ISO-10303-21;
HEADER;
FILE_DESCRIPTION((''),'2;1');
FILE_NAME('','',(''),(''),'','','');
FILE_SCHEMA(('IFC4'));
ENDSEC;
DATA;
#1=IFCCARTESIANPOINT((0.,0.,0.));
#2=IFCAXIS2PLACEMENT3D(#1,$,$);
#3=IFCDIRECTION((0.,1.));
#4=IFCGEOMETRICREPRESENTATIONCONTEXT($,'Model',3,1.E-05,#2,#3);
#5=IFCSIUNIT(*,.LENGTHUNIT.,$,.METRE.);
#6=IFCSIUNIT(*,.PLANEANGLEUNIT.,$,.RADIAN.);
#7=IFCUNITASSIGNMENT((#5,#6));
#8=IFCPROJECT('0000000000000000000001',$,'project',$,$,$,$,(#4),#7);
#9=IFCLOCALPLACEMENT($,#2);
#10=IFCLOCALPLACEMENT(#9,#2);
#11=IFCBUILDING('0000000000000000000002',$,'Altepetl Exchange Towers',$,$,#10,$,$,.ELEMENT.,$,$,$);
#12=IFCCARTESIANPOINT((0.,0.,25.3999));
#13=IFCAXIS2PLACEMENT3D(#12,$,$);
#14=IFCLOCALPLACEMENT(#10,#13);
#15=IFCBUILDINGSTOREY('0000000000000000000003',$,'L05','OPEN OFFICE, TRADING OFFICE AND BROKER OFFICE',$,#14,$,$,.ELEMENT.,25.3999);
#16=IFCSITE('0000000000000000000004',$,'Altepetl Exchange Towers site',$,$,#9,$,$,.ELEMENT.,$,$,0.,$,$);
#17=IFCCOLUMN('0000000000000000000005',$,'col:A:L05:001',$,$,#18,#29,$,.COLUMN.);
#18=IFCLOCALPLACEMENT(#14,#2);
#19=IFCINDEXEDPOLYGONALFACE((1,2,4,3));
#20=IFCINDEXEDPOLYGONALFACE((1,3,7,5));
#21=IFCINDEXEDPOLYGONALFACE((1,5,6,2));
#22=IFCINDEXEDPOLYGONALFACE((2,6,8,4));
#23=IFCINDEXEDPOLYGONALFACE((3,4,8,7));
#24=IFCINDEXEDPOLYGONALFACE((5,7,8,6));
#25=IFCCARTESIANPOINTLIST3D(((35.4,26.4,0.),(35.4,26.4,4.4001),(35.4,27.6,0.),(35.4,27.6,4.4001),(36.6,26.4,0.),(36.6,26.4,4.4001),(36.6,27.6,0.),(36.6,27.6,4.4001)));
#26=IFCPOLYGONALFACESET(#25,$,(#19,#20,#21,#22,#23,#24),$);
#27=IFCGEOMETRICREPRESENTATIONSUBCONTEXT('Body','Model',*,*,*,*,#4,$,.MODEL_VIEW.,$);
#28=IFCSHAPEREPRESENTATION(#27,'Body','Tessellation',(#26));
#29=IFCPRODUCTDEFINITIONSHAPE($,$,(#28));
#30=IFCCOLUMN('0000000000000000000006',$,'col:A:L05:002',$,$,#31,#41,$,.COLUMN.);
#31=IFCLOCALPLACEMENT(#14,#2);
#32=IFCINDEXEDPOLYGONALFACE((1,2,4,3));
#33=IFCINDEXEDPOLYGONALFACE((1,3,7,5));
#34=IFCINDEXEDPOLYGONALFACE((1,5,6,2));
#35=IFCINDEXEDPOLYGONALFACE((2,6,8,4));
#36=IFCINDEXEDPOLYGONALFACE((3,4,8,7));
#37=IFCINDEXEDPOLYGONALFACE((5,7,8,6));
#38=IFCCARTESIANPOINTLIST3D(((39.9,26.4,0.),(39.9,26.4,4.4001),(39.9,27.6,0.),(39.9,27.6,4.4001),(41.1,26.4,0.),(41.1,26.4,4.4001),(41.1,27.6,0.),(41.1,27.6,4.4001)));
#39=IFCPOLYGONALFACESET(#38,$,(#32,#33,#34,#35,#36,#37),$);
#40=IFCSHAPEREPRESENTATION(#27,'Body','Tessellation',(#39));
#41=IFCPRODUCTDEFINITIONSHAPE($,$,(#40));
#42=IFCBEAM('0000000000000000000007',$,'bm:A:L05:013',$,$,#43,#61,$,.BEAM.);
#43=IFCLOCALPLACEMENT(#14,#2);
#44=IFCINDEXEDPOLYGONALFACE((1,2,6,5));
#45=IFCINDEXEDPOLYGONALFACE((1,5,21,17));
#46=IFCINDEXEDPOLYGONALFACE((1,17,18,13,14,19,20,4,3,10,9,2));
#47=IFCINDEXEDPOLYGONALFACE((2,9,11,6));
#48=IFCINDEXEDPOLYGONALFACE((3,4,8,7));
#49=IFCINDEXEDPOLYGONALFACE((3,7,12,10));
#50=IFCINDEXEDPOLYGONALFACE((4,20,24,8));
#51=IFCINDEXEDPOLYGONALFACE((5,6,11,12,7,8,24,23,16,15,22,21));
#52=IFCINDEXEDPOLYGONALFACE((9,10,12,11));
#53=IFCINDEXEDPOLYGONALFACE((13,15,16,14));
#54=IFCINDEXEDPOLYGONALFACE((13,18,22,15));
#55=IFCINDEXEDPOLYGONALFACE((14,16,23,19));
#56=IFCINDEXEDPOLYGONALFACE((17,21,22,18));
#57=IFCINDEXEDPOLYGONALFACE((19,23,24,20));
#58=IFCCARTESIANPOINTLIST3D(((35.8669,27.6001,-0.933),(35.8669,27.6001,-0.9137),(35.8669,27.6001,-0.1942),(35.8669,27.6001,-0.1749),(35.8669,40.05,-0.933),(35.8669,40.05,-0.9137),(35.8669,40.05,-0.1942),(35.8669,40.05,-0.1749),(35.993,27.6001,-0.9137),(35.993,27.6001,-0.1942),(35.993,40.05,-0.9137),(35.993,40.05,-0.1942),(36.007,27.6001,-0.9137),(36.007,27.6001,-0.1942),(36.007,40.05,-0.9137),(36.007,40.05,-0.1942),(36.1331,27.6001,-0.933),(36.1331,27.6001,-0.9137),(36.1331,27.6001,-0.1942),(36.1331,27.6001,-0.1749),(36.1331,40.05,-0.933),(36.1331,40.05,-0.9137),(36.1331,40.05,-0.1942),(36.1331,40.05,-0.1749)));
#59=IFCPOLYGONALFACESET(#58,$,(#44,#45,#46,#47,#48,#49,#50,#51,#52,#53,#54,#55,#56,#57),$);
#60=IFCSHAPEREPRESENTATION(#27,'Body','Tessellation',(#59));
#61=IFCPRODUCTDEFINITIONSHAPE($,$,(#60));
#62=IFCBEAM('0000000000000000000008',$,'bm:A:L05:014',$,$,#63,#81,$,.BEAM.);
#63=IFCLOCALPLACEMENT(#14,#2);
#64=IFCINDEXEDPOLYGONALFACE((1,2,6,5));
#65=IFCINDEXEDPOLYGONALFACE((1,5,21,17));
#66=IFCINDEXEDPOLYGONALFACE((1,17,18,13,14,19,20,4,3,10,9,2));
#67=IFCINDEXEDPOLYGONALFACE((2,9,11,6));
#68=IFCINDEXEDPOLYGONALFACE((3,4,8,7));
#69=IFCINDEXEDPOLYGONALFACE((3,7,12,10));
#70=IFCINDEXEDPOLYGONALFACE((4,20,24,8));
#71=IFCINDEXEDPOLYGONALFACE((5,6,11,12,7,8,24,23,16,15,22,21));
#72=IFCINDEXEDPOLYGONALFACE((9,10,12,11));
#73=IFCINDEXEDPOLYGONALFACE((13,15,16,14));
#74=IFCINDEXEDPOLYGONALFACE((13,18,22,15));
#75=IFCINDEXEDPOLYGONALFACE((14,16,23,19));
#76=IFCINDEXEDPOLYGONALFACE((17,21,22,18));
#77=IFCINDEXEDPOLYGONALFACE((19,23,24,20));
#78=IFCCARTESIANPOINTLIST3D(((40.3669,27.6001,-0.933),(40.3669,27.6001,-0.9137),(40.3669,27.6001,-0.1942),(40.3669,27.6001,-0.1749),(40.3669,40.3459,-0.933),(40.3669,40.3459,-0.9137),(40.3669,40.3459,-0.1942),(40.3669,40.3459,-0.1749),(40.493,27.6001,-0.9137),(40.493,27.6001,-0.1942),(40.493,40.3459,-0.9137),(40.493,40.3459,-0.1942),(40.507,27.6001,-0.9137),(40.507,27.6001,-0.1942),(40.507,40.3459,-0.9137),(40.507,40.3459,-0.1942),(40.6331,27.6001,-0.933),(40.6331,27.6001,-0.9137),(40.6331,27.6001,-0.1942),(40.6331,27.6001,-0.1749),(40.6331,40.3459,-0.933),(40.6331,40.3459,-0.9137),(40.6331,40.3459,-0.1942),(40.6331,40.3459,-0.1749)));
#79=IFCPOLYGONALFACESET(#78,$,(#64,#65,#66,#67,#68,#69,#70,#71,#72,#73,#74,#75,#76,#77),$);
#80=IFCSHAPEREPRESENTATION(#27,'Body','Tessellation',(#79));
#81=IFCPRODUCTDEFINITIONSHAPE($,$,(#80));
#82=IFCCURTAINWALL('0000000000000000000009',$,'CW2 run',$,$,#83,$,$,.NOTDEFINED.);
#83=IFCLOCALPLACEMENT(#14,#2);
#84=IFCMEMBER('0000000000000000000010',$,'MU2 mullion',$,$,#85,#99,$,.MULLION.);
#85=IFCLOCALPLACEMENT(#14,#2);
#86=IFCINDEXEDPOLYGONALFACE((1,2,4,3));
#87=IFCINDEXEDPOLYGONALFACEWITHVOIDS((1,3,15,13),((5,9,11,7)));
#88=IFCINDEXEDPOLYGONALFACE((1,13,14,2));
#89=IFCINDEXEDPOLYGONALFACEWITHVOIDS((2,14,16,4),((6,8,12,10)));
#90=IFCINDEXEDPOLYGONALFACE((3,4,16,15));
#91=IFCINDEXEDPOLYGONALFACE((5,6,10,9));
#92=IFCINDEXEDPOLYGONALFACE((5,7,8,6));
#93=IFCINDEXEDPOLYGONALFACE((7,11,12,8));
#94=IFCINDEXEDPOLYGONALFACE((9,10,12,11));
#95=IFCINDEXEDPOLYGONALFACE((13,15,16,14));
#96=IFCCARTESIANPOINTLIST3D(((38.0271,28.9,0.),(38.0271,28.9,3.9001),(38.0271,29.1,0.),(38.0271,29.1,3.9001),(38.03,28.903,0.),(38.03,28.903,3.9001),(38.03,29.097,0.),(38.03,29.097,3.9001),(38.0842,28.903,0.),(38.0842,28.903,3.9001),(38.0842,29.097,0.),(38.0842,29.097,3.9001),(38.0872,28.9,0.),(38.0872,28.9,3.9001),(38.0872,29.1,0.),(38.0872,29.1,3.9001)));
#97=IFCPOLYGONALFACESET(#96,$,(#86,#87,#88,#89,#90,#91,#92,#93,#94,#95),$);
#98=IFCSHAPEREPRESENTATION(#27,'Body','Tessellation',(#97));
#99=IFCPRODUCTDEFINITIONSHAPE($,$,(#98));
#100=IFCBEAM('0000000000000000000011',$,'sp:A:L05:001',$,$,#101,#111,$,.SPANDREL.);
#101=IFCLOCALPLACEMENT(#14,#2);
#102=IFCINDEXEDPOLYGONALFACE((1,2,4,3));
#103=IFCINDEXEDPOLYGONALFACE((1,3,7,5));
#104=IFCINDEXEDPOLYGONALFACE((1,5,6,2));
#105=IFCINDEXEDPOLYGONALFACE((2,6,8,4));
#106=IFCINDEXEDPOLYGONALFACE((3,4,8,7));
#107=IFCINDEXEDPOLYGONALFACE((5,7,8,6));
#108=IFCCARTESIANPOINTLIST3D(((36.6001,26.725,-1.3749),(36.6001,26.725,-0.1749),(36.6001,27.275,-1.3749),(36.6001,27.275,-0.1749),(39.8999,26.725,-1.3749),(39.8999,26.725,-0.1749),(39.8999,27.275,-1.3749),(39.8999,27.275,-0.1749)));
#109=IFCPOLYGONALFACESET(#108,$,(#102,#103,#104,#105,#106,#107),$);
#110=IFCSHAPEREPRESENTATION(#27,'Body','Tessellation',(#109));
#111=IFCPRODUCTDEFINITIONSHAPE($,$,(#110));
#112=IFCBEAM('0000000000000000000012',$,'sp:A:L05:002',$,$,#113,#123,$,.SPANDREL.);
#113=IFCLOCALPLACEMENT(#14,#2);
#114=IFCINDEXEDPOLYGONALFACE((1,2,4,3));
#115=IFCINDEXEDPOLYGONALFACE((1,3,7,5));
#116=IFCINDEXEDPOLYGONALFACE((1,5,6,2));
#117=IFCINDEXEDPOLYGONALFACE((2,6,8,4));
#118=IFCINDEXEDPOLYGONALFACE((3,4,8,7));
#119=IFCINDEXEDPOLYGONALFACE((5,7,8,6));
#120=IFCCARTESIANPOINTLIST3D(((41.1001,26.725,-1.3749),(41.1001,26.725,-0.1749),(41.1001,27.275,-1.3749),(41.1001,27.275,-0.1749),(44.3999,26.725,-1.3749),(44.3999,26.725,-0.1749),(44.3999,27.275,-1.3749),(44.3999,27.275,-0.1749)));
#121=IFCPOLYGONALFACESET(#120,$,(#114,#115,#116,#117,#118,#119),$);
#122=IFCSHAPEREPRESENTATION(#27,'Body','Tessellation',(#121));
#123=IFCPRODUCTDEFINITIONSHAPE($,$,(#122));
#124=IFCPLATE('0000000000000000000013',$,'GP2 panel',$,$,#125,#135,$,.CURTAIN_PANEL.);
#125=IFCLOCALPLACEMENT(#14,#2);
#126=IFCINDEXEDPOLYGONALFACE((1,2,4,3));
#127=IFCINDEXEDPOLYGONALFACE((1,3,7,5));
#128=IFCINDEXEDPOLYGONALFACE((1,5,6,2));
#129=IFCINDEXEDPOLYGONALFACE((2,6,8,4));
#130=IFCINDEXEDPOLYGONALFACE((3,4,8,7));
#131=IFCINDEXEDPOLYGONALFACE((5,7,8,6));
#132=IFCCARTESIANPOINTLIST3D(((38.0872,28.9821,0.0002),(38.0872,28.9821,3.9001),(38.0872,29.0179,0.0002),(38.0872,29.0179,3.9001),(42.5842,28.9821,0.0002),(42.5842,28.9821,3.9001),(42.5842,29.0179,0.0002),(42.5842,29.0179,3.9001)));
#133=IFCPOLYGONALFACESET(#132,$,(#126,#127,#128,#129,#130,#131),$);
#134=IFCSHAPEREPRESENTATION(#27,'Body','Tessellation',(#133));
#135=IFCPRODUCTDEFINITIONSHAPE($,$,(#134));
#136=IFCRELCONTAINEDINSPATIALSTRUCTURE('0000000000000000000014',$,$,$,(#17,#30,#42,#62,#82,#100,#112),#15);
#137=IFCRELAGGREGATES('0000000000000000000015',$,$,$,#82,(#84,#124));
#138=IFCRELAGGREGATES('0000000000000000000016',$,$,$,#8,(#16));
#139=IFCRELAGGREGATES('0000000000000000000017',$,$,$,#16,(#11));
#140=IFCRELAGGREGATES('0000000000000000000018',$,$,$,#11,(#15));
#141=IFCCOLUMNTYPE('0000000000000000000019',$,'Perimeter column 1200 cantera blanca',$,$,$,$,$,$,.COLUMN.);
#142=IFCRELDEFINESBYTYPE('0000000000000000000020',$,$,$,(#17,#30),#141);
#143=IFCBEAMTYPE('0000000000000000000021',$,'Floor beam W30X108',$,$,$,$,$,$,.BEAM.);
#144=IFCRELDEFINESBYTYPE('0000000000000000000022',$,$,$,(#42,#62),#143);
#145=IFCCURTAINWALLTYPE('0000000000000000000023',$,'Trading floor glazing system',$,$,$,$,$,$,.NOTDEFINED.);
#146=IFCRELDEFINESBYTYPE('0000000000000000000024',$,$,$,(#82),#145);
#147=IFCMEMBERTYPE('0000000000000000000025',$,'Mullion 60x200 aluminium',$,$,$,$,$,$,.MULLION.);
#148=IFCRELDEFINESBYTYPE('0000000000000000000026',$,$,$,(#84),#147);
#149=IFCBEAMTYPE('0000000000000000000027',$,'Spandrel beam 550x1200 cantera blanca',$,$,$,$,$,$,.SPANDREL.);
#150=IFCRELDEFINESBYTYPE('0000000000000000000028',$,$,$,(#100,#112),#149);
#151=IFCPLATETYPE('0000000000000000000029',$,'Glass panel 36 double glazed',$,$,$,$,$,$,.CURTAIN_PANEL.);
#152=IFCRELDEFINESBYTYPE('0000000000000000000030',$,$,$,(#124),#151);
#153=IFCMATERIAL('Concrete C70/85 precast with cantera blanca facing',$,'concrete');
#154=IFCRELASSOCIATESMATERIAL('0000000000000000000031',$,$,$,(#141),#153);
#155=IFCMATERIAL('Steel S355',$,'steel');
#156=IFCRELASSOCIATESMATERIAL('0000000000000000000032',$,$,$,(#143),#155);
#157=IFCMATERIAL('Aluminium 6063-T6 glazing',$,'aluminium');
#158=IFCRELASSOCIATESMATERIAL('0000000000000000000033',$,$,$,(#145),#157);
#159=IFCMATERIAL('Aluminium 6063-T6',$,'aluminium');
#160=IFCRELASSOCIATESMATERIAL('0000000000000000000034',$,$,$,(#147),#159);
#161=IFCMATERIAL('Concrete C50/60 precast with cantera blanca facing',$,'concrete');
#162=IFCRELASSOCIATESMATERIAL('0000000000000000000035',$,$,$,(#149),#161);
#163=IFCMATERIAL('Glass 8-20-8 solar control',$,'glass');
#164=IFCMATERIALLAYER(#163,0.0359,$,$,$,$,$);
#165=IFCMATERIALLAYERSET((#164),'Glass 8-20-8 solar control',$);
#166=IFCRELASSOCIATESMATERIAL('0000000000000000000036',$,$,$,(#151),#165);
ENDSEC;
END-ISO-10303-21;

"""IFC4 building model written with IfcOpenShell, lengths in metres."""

from ifc_helpers import new_model, si_unit, direction, frame, origin, origin_2d, place, context, subcontext, project, spatial, rectangle, hollow_rectangle, i_section, extrude, material, layer, layer_set, material_profile, profile_set, type_object, element, aggregate, save


model = new_model("IFC4")

# Units and contexts
model_context = context("Model", 3, precision=1e-05, world=origin(), true_north=direction((0.0, 1.0)))
body_context = subcontext(model_context, "Body", "Model", "MODEL_VIEW")
ifc_project = project(units=[si_unit("LENGTHUNIT", "METRE"), si_unit("PLANEANGLEUNIT", "RADIAN")], contexts=[model_context])

# Site, building, storey
site_placement = place(None, origin())
site = spatial("IfcSite", under=ifc_project, at=site_placement, Name="Altepetl Exchange Towers site", CompositionType="ELEMENT", RefElevation=0.0)
building_placement = place(site_placement, origin())
building = spatial("IfcBuilding", under=site, at=building_placement, Name="Altepetl Exchange Towers", CompositionType="ELEMENT")
storey_placement = place(building_placement, frame((0.0, 0.0, 25.3999)))
storey = spatial("IfcBuildingStorey", under=building, at=storey_placement, Name="L05", Description="OPEN OFFICE, TRADING OFFICE AND BROKER OFFICE", CompositionType="ELEMENT", Elevation=25.3999)

# Columns
ifc_material_1 = material(Name="Concrete C70/85 precast with cantera blanca facing", Category="concrete")
ifc_material_profile_1 = material_profile(ifc_material_1, rectangle(XDim=1.2, YDim=1.2, at=origin_2d()), Name="1200 x 1200")
ifc_profile_set_1 = profile_set([ifc_material_profile_1], Name="Concrete C70/85 precast with cantera blanca facing")
column_type = type_object("IfcColumnType", Name="Perimeter column 1200 cantera blanca", PredefinedType="COLUMN", material=ifc_profile_set_1)
for number, where, name in (
    (1, (36.0, 27.0, 0.0), "col:A:L05:001"),
    (2, (40.5, 27.0, 0.0), "col:A:L05:002"),
):
    element("IfcColumn", number, at=place(storey_placement, frame(where)), inside=storey, type_object=column_type, Name=name, PredefinedType="COLUMN", context=body_context, shape_type="SweptSolid", body=[
        extrude(rectangle(XDim=1.2, YDim=1.2, at=origin_2d()), origin(), (0.0, 0.0, 1.0), 4.4001),
    ])

# Beams
ifc_material_2 = material(Name="Steel S355", Category="steel")
ifc_material_profile_2 = material_profile(ifc_material_2, i_section(OverallWidth=0.2661, OverallDepth=0.7581, WebThickness=0.0139, FlangeThickness=0.0193, at=origin_2d()), Name="W30X108")
ifc_profile_set_2 = profile_set([ifc_material_profile_2], Name="Steel S355")
beam_type_1 = type_object("IfcBeamType", Name="Floor beam W30X108", PredefinedType="BEAM", material=ifc_profile_set_2)
beam_1_placement = place(storey_placement, frame((36.0, 27.6001, -0.554), z_axis=(0.0, 1.0, 0.0), x_axis=(-1.0, 0.0, 0.0)))
element("IfcBeam", 3, at=beam_1_placement, inside=storey, type_object=beam_type_1, Name="bm:A:L05:013", PredefinedType="BEAM", context=body_context, shape_type="SweptSolid", body=[
    extrude(i_section(OverallWidth=0.2661, OverallDepth=0.7581, WebThickness=0.0139, FlangeThickness=0.0193, at=origin_2d()), origin(), (0.0, 0.0, 1.0), 12.45),
])
beam_2_placement = place(storey_placement, frame((40.5, 27.6001, -0.554), z_axis=(0.0, 1.0, 0.0), x_axis=(-1.0, 0.0, 0.0)))
element("IfcBeam", 4, at=beam_2_placement, inside=storey, type_object=beam_type_1, Name="bm:A:L05:014", PredefinedType="BEAM", context=body_context, shape_type="SweptSolid", body=[
    extrude(i_section(OverallWidth=0.2661, OverallDepth=0.7581, WebThickness=0.0139, FlangeThickness=0.0193, at=origin_2d()), origin(), (0.0, 0.0, 1.0), 12.7458),
])

# Curtain wall, member
ifc_material_3 = material(Name="Aluminium 6063-T6 glazing", Category="aluminium")
curtain_wall_type = type_object("IfcCurtainWallType", Name="Trading floor glazing system", PredefinedType="NOTDEFINED", material=ifc_material_3)
curtain_wall_placement = place(storey_placement, origin())
curtain_wall = element("IfcCurtainWall", 5, at=curtain_wall_placement, inside=storey, type_object=curtain_wall_type, Name="CW2 run", PredefinedType="NOTDEFINED")
ifc_material_4 = material(Name="Aluminium 6063-T6", Category="aluminium")
ifc_material_profile_3 = material_profile(ifc_material_4, hollow_rectangle(XDim=0.0601, YDim=0.2, WallThickness=0.0029, at=origin_2d()), Name="Mullion 60x200 aluminium")
ifc_profile_set_3 = profile_set([ifc_material_profile_3], Name="Aluminium 6063-T6")
member_type = type_object("IfcMemberType", Name="Mullion 60x200 aluminium", PredefinedType="MULLION", material=ifc_profile_set_3)
member_placement = place(storey_placement, frame((38.0571, 29.0, 0.0)))
member = element("IfcMember", 6, at=member_placement, type_object=member_type, Name="MU2 mullion", PredefinedType="MULLION", context=body_context, shape_type="SweptSolid", body=[
    extrude(hollow_rectangle(XDim=0.0601, YDim=0.2, WallThickness=0.0029, at=origin_2d()), origin(), (0.0, 0.0, 1.0), 3.9001),
])

# Beams
ifc_material_5 = material(Name="Concrete C50/60 precast with cantera blanca facing", Category="concrete")
ifc_material_profile_4 = material_profile(ifc_material_5, rectangle(XDim=0.55, YDim=1.2, at=origin_2d()), Name="550 x 1200")
ifc_profile_set_4 = profile_set([ifc_material_profile_4], Name="Concrete C50/60 precast with cantera blanca facing")
beam_type_2 = type_object("IfcBeamType", Name="Spandrel beam 550x1200 cantera blanca", PredefinedType="SPANDREL", material=ifc_profile_set_4)
for number, where, z_axis, x_axis, name in (
    (7, (36.6001, 27.0, -0.7749), (1.0, 0.0, 0.0), (0.0, 1.0, 0.0), "sp:A:L05:001"),
    (8, (41.1001, 27.0, -0.7749), (1.0, 0.0, 0.0), (0.0, 1.0, 0.0), "sp:A:L05:002"),
):
    element("IfcBeam", number, at=place(storey_placement, frame(where, z_axis=z_axis, x_axis=x_axis)), inside=storey, type_object=beam_type_2, Name=name, PredefinedType="SPANDREL", context=body_context, shape_type="SweptSolid", body=[
        extrude(rectangle(XDim=0.55, YDim=1.2, at=origin_2d()), origin(), (0.0, 0.0, 1.0), 3.2998),
    ])

# Plate
ifc_material_6 = material(Name="Glass 8-20-8 solar control", Category="glass")
ifc_layer = layer(ifc_material_6, 0.0359)
ifc_layer_set = layer_set([ifc_layer], Name="Glass 8-20-8 solar control")
plate_type = type_object("IfcPlateType", Name="Glass panel 36 double glazed", PredefinedType="CURTAIN_PANEL", material=ifc_layer_set)
plate_placement = place(storey_placement, frame((40.3357, 29.0, 0.0002)))
plate = element("IfcPlate", 9, at=plate_placement, type_object=plate_type, Name="GP2 panel", PredefinedType="CURTAIN_PANEL", context=body_context, shape_type="SweptSolid", body=[
    extrude(rectangle(XDim=4.4971, YDim=0.0359, at=origin_2d()), origin(), (0.0, 0.0, 1.0), 3.8999),
])
aggregate(curtain_wall, [member, plate])

save(model, "model.ifc")
